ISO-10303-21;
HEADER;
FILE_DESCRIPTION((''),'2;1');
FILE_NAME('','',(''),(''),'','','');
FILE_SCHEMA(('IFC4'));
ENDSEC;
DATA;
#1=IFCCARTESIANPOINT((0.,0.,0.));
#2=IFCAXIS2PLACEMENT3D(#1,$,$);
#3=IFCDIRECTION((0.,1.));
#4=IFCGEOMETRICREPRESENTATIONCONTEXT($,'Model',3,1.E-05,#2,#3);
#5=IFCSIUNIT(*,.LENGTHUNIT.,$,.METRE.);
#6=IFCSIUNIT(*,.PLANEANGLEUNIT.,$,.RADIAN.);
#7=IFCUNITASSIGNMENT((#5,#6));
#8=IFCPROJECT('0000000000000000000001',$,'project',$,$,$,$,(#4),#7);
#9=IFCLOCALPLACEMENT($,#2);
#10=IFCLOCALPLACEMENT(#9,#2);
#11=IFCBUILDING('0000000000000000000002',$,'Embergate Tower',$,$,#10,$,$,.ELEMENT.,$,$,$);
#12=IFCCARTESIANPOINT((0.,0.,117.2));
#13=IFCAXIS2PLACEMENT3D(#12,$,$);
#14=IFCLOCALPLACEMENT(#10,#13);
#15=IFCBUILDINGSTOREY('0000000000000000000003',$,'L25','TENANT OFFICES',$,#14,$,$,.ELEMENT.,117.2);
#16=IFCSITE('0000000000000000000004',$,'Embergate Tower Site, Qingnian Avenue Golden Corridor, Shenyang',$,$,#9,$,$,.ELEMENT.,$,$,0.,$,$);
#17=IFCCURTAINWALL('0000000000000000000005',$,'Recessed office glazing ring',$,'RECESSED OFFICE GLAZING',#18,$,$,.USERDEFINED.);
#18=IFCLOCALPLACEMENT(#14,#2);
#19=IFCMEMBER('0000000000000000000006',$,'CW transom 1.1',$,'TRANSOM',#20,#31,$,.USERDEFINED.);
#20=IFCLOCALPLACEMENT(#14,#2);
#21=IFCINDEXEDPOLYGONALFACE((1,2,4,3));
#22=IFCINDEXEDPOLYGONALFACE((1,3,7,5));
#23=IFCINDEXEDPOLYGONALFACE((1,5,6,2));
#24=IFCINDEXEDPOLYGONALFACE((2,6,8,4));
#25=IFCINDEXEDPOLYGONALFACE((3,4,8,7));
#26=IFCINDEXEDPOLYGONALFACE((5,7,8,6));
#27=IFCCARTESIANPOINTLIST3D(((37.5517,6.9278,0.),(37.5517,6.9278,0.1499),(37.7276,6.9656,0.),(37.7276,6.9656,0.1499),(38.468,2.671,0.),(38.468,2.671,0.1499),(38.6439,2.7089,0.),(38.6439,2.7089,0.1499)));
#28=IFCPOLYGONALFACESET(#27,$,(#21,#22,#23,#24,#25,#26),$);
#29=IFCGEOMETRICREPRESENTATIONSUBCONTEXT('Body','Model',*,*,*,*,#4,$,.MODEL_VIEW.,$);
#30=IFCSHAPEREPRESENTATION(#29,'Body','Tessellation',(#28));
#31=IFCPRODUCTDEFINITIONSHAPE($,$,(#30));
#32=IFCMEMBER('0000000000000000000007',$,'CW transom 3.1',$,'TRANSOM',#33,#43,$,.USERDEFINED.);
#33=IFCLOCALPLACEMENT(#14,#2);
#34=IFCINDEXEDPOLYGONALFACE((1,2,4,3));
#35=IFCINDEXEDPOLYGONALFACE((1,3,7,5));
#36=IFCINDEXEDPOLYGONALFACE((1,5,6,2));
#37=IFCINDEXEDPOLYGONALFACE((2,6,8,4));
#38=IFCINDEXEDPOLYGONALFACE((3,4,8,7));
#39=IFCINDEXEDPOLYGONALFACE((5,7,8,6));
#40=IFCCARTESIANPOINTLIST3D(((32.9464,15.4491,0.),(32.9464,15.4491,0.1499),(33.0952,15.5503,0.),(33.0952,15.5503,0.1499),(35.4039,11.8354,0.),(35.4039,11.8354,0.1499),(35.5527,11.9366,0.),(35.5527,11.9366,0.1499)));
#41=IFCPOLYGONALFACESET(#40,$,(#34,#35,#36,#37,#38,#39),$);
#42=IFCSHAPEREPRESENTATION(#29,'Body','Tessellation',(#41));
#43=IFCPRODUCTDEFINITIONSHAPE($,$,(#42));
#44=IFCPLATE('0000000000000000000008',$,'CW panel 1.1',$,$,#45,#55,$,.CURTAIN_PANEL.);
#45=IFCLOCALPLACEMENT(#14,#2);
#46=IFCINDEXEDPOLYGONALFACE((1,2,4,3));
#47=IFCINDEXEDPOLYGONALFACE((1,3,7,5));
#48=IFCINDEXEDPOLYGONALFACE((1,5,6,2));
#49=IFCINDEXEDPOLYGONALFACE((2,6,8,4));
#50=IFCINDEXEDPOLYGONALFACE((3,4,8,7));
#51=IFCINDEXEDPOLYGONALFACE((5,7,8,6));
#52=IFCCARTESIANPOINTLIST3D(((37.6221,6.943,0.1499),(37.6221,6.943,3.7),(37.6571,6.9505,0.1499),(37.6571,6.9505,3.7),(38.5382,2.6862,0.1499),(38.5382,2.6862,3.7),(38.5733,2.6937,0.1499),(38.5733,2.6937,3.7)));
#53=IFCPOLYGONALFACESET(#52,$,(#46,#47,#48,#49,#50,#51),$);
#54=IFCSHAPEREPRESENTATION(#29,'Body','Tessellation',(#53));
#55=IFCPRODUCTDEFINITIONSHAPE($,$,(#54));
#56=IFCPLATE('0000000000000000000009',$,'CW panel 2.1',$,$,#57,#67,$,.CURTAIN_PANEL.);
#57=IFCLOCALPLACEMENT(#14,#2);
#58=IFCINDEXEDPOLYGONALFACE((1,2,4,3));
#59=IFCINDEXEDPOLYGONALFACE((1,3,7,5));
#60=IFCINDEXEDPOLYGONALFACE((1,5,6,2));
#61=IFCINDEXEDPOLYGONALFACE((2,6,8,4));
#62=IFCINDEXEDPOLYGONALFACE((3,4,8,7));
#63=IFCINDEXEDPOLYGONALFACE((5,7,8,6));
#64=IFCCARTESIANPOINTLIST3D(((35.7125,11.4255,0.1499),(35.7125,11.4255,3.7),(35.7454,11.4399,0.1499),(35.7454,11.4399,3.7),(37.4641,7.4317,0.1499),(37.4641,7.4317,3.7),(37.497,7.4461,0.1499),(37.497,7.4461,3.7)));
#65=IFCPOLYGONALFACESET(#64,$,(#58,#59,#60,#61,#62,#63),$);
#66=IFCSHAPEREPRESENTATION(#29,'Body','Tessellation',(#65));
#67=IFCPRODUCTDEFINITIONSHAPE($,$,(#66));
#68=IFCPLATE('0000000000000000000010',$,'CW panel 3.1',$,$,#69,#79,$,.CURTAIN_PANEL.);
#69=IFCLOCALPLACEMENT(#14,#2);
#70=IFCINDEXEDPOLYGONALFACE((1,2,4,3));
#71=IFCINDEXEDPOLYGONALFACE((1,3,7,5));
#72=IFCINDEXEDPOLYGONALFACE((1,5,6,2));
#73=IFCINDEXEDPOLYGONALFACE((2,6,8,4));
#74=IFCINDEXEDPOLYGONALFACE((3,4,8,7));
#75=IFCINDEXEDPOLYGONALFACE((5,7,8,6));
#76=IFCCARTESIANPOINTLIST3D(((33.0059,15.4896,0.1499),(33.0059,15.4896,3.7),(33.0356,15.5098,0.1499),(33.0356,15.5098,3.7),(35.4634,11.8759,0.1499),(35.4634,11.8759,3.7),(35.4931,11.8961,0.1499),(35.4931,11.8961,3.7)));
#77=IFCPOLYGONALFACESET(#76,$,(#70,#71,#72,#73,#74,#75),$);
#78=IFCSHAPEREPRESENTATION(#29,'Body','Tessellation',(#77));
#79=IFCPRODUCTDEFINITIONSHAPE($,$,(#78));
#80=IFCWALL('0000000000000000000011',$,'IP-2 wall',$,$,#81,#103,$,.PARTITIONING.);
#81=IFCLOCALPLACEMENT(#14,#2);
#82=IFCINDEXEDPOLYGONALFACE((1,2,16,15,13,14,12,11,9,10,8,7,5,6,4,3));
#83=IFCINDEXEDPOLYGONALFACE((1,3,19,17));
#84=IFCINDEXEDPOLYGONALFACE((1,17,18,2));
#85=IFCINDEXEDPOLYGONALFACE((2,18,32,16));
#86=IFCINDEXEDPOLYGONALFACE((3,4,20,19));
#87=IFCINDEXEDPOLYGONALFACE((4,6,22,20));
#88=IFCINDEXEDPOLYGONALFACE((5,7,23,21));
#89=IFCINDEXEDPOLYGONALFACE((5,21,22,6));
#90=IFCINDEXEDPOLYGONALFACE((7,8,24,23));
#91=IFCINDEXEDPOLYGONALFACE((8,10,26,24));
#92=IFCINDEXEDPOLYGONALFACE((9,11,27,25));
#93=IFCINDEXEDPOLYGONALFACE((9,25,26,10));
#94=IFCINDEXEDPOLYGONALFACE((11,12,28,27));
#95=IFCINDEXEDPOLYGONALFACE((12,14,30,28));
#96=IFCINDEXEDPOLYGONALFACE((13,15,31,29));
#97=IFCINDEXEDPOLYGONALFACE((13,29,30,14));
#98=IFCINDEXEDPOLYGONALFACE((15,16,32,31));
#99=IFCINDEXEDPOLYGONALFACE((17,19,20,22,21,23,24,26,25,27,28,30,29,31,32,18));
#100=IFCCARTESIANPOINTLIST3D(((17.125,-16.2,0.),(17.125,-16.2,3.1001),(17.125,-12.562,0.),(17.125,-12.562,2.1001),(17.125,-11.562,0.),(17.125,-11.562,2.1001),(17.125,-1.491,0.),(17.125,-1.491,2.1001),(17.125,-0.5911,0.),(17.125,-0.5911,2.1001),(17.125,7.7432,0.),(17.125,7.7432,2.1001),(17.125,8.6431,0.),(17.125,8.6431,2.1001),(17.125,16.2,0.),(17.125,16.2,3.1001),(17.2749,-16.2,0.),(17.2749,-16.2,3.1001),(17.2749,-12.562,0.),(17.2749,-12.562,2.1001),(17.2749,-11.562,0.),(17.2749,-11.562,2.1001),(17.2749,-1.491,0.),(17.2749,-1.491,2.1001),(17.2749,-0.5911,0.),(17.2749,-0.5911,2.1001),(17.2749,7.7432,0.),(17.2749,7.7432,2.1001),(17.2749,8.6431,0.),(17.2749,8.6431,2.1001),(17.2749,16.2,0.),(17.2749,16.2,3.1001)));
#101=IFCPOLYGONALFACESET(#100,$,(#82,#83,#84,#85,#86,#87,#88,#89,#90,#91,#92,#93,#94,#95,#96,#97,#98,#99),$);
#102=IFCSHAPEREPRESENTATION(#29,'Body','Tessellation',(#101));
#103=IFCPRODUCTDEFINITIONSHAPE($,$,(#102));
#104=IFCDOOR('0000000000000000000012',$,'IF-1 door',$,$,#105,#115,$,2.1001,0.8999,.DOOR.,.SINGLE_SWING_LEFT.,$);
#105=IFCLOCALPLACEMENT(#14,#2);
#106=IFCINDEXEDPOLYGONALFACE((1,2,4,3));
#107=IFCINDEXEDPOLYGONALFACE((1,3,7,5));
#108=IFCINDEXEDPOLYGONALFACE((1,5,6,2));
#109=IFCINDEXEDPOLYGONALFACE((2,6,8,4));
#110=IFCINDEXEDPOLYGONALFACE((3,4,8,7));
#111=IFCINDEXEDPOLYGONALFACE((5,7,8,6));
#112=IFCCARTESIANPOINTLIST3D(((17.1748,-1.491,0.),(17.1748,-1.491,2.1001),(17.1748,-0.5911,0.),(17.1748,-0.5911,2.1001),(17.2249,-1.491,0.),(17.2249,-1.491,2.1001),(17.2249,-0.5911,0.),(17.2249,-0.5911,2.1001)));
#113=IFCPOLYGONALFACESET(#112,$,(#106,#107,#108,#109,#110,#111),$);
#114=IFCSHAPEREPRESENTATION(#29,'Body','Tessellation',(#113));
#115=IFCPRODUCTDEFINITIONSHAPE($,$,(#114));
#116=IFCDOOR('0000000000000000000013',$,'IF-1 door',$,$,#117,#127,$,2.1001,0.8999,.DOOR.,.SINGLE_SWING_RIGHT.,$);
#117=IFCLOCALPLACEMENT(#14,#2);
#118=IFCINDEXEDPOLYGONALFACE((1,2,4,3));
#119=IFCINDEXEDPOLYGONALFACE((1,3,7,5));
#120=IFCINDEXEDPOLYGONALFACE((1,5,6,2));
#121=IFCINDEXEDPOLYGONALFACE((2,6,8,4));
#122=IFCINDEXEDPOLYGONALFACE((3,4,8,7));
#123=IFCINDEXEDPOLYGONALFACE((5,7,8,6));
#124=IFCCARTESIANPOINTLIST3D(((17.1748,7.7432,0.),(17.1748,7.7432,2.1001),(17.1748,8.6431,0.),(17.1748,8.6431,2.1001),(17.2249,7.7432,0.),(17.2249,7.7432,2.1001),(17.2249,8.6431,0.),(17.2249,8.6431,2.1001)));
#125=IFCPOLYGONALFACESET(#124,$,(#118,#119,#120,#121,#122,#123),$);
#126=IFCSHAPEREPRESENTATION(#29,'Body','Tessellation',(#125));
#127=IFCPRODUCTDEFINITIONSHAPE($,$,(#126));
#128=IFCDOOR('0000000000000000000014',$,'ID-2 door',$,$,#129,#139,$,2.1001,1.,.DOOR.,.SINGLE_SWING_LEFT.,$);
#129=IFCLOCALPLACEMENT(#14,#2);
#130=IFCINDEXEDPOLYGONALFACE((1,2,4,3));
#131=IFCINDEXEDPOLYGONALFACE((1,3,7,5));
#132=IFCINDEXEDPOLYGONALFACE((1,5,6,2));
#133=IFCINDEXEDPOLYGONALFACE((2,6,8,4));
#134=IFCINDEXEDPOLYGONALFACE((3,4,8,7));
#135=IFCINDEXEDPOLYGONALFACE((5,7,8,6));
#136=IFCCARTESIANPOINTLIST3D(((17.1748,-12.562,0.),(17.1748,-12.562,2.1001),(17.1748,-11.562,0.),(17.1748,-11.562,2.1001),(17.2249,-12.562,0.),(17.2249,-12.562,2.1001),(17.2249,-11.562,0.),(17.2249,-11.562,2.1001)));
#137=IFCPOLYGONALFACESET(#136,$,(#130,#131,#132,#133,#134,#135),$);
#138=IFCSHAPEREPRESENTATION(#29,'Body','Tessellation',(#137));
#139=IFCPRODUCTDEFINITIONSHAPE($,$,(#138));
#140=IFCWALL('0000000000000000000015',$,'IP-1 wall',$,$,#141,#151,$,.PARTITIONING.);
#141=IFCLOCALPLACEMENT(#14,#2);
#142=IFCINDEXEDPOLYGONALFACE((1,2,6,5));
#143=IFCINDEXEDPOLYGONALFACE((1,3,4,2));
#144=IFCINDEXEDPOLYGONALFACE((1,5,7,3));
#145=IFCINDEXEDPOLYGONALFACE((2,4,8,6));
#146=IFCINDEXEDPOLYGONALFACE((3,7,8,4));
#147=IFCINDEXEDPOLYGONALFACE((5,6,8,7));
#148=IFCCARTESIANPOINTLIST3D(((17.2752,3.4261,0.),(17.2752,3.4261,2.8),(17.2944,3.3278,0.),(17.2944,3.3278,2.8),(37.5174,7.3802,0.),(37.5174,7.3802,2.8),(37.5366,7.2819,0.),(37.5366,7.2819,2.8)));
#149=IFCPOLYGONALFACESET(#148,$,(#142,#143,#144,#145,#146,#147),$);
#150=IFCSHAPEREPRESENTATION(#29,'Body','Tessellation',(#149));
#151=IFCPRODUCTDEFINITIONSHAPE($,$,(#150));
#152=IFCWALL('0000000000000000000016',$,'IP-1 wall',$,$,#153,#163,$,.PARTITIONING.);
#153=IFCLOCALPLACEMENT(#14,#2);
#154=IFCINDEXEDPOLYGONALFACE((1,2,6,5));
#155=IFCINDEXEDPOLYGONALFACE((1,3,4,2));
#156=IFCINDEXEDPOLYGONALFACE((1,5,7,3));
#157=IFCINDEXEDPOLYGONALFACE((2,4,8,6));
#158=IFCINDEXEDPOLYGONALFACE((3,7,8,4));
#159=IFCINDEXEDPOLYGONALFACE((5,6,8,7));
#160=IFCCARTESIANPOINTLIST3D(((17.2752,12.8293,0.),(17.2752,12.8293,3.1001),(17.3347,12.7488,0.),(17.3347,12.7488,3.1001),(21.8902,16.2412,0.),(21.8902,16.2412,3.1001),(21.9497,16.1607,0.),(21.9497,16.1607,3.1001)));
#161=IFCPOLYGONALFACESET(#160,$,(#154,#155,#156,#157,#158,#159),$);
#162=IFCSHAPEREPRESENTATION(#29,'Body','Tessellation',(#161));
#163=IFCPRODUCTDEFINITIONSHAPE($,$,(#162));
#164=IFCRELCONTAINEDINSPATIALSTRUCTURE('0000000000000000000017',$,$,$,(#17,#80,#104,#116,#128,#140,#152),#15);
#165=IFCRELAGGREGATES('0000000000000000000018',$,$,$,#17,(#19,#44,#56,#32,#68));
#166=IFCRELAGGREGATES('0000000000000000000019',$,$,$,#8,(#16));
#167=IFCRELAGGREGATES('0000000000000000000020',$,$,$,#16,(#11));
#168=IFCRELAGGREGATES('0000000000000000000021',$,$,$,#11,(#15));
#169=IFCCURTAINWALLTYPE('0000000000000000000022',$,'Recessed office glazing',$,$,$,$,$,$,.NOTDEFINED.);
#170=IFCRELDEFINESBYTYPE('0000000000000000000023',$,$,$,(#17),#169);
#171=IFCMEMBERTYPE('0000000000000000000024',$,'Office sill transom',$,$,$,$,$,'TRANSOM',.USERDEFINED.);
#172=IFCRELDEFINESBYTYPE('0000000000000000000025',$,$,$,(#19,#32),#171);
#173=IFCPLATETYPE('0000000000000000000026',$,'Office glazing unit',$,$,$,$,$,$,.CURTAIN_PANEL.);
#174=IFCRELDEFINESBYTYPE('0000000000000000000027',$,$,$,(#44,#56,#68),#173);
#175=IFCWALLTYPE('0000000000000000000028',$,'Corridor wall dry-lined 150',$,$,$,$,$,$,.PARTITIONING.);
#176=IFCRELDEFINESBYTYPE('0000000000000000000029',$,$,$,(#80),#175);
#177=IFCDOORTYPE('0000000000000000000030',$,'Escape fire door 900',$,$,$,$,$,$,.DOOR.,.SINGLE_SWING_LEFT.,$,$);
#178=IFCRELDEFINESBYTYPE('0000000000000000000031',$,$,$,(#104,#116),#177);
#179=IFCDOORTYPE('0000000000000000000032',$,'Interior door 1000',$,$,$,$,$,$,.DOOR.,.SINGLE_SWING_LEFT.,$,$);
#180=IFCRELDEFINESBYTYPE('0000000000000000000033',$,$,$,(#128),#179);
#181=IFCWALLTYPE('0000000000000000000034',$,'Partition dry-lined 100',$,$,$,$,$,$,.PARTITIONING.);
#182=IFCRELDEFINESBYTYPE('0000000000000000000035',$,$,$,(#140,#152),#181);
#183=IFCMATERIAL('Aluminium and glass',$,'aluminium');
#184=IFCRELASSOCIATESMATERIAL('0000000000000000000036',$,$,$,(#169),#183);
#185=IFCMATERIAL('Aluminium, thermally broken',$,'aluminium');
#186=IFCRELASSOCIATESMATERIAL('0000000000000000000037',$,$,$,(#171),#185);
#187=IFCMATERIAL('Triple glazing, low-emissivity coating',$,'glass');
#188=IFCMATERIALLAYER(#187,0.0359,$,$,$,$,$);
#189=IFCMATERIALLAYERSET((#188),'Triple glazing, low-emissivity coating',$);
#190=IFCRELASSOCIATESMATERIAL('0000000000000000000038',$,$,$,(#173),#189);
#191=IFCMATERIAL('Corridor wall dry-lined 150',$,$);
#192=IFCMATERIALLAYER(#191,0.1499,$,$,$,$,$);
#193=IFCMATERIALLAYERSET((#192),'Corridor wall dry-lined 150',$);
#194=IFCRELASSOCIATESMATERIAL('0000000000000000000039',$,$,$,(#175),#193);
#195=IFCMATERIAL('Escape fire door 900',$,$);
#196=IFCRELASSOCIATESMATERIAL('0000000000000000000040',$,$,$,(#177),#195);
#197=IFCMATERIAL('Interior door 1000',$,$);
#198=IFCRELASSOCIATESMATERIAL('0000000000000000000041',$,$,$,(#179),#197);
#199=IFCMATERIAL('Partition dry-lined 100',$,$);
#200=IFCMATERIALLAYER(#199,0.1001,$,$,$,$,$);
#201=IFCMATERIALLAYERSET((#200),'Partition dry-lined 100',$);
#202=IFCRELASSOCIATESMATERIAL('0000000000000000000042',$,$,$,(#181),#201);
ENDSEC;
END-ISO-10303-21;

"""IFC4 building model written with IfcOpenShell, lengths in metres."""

from ifc_helpers import new_model, si_unit, direction, frame, frame_2d, origin, origin_2d, place, context, subcontext, project, spatial, rectangle, extrude, source, transform, mapped, material, layer, layer_set, material_profile, profile_set, type_object, element, fill, aggregate, save


model = new_model("IFC4")

# Units and contexts
model_context = context("Model", 3, precision=1e-05, world=origin(), true_north=direction((0.0, 1.0)))
body_context = subcontext(model_context, "Body", "Model", "MODEL_VIEW")
ifc_project = project(units=[si_unit("LENGTHUNIT", "METRE"), si_unit("PLANEANGLEUNIT", "RADIAN")], contexts=[model_context])

# Site, building, storey
site_placement = place(None, origin())
site = spatial("IfcSite", under=ifc_project, at=site_placement, Name="Embergate Tower Site, Qingnian Avenue Golden Corridor, Shenyang", CompositionType="ELEMENT", RefElevation=0.0)
building_placement = place(site_placement, origin())
building = spatial("IfcBuilding", under=site, at=building_placement, Name="Embergate Tower", CompositionType="ELEMENT")
storey_placement = place(building_placement, frame((0.0, 0.0, 117.2)))
storey = spatial("IfcBuildingStorey", under=building, at=storey_placement, Name="L25", Description="TENANT OFFICES", CompositionType="ELEMENT", Elevation=117.2)

# Curtain wall, members, plates
ifc_material_1 = material(Name="Aluminium and glass", Category="aluminium")
curtain_wall_type = type_object("IfcCurtainWallType", Name="Recessed office glazing", PredefinedType="NOTDEFINED", material=ifc_material_1)
curtain_wall_placement = place(storey_placement, origin())
curtain_wall = element("IfcCurtainWall", 1, at=curtain_wall_placement, inside=storey, type_object=curtain_wall_type, Name="Recessed office glazing ring", ObjectType="RECESSED OFFICE GLAZING", PredefinedType="USERDEFINED")
ifc_material_2 = material(Name="Aluminium, thermally broken", Category="aluminium")
ifc_material_profile_1 = material_profile(ifc_material_2, rectangle(XDim=0.1799, YDim=0.1499, at=origin_2d()), Name="AL 150x180")
ifc_profile_set_1 = profile_set([ifc_material_profile_1], Name="Aluminium, thermally broken")
member_type_1 = type_object("IfcMemberType", Name="Office sill transom", ElementType="TRANSOM", PredefinedType="USERDEFINED", material=ifc_profile_set_1)
shared_shape_1 = source(origin(), body_context, "Body", "SweptSolid", [
    extrude(rectangle(XDim=0.1799, YDim=0.1499, at=origin_2d()), origin(), (0.0, 0.0, 1.0), 4.3542),
])
member_1_placement = place(storey_placement, frame((38.5559, 2.6899, 0.075), z_axis=(-0.210425, 0.97761, 0.0), x_axis=(-0.97761, -0.210425, 0.0)))
member_1 = element("IfcMember", 2, at=member_1_placement, type_object=member_type_1, Name="CW transom 1.1", ObjectType="TRANSOM", PredefinedType="USERDEFINED", context=body_context, shape_type="MappedRepresentation", body=[
    mapped(shared_shape_1, transform((0.0, 0.0, 0.0))),
])
shared_shape_2 = source(origin(), body_context, "Body", "SweptSolid", [
    extrude(rectangle(XDim=0.1799, YDim=0.1499, at=origin_2d()), origin(), (0.0, 0.0, 1.0), 4.3701),
])
member_2_placement = place(storey_placement, frame((35.4783, 11.886, 0.075), z_axis=(-0.562334, 0.82691, 0.0), x_axis=(-0.82691, -0.562334, 0.0)))
member_2 = element("IfcMember", 3, at=member_2_placement, type_object=member_type_1, Name="CW transom 3.1", ObjectType="TRANSOM", PredefinedType="USERDEFINED", context=body_context, shape_type="MappedRepresentation", body=[
    mapped(shared_shape_2, transform((0.0, 0.0, 0.0))),
])
ifc_material_3 = material(Name="Triple glazing, low-emissivity coating", Category="glass")
ifc_layer_1 = layer(ifc_material_3, 0.0359)
ifc_layer_set_1 = layer_set([ifc_layer_1], Name="Triple glazing, low-emissivity coating")
plate_type = type_object("IfcPlateType", Name="Office glazing unit", PredefinedType="CURTAIN_PANEL", material=ifc_layer_set_1)
shared_shape_3 = source(origin(), body_context, "Body", "SweptSolid", [
    extrude(rectangle(XDim=4.3542, YDim=0.0359, at=origin_2d()), origin(), (0.0, 0.0, 1.0), 3.55),
])
plate_1_placement = place(storey_placement, frame((38.0977, 4.8184, 0.1499), z_axis=(0.0, 0.0, 1.0), x_axis=(-0.210395, 0.977616, 0.0)))
plate_1 = element("IfcPlate", 4, at=plate_1_placement, type_object=plate_type, Name="CW panel 1.1", PredefinedType="CURTAIN_PANEL", context=body_context, shape_type="MappedRepresentation", body=[
    mapped(shared_shape_3, transform((0.0, 0.0, 0.0))),
])
shared_shape_4 = source(origin(), body_context, "Body", "SweptSolid", [
    extrude(rectangle(XDim=4.3611, YDim=0.0359, at=origin_2d()), origin(), (0.0, 0.0, 1.0), 3.55),
])
plate_2_placement = place(storey_placement, frame((36.6047, 9.4358, 0.1499), z_axis=(0.0, 0.0, 1.0), x_axis=(-0.401647, 0.915794, 0.0)))
plate_2 = element("IfcPlate", 5, at=plate_2_placement, type_object=plate_type, Name="CW panel 2.1", PredefinedType="CURTAIN_PANEL", context=body_context, shape_type="MappedRepresentation", body=[
    mapped(shared_shape_4, transform((0.0, 0.0, 0.0))),
])
shared_shape_5 = source(origin(), body_context, "Body", "SweptSolid", [
    extrude(rectangle(XDim=4.3701, YDim=0.0359, at=origin_2d()), origin(), (0.0, 0.0, 1.0), 3.55),
])
plate_3_placement = place(storey_placement, frame((34.2495, 13.6929, 0.1499), z_axis=(0.0, 0.0, 1.0), x_axis=(-0.562337, 0.826908, 0.0)))
plate_3 = element("IfcPlate", 6, at=plate_3_placement, type_object=plate_type, Name="CW panel 3.1", PredefinedType="CURTAIN_PANEL", context=body_context, shape_type="MappedRepresentation", body=[
    mapped(shared_shape_5, transform((0.0, 0.0, 0.0))),
])
aggregate(curtain_wall, [member_1, plate_1, plate_2, member_2, plate_3])

# Wall, openings, doors
ifc_material_4 = material(Name="Corridor wall dry-lined 150")
ifc_layer_2 = layer(ifc_material_4, 0.1499)
ifc_layer_set_2 = layer_set([ifc_layer_2], Name="Corridor wall dry-lined 150")
wall_type_1 = type_object("IfcWallType", Name="Corridor wall dry-lined 150", PredefinedType="PARTITIONING", material=ifc_layer_set_2)
shared_shape_6 = source(origin(), body_context, "Body", "SweptSolid", [
    extrude(rectangle(XDim=32.3999, YDim=0.1499, at=frame_2d((16.2, 0.0))), origin(), (0.0, 0.0, 1.0), 3.1001),
])
wall_1_placement = place(storey_placement, frame((17.2, 16.2, 0.0), z_axis=(0.0, 0.0, 1.0), x_axis=(0.0, -1.0, 0.0)))
wall_1 = element("IfcWall", 7, at=wall_1_placement, inside=storey, type_object=wall_type_1, Name="IP-2 wall", PredefinedType="PARTITIONING", context=body_context, shape_type="MappedRepresentation", body=[
    mapped(shared_shape_6, transform((0.0, 0.0, 0.0))),
])
shared_shape_7 = source(origin(), body_context, "Body", "SweptSolid", [
    extrude(rectangle(XDim=1.0, YDim=2.1001, at=frame_2d((0.5, 1.05))), frame((0.0, 0.085, 0.0), z_axis=(0.0, -1.0, 0.0), x_axis=(1.0, 0.0, 0.0)), (0.0, 0.0, 1.0), 0.1699),
])
opening_1_placement = place(wall_1_placement, frame((27.762, 0.0, 0.0)))
opening_1 = element("IfcOpeningElement", 8, at=opening_1_placement, cuts=wall_1, PredefinedType="OPENING", context=body_context, shape_type="MappedRepresentation", body=[
    mapped(shared_shape_7, transform((0.0, 0.0, 0.0))),
])
shared_shape_8 = source(origin(), body_context, "Body", "SweptSolid", [
    extrude(rectangle(XDim=0.8999, YDim=2.1001, at=frame_2d((0.45, 1.05))), frame((0.0, 0.085, 0.0), z_axis=(0.0, -1.0, 0.0), x_axis=(1.0, 0.0, 0.0)), (0.0, 0.0, 1.0), 0.1699),
])
opening_2_placement = place(wall_1_placement, frame((16.791, 0.0, 0.0)))
opening_2 = element("IfcOpeningElement", 9, at=opening_2_placement, cuts=wall_1, PredefinedType="OPENING", context=body_context, shape_type="MappedRepresentation", body=[
    mapped(shared_shape_8, transform((0.0, 0.0, 0.0))),
])
opening_3_placement = place(wall_1_placement, frame((7.5569, 0.0, 0.0)))
opening_3 = element("IfcOpeningElement", 10, at=opening_3_placement, cuts=wall_1, PredefinedType="OPENING", context=body_context, shape_type="MappedRepresentation", body=[
    mapped(shared_shape_8, transform((0.0, 0.0, 0.0))),
])
ifc_material_5 = material(Name="Escape fire door 900")
door_type_1 = type_object("IfcDoorType", Name="Escape fire door 900", OperationType="SINGLE_SWING_LEFT", PredefinedType="DOOR", material=ifc_material_5)
shared_shape_9 = source(origin(), body_context, "Body", "SweptSolid", [
    extrude(rectangle(XDim=0.8999, YDim=2.1001, at=frame_2d((0.45, 1.05))), frame((0.0, 0.0249, 0.0), z_axis=(0.0, -1.0, 0.0), x_axis=(1.0, 0.0, 0.0)), (0.0, 0.0, 1.0), 0.05),
])
door_1_placement = place(opening_2_placement, origin())
door_1 = element("IfcDoor", 11, at=door_1_placement, inside=storey, type_object=door_type_1, Name="IF-1 door", OperationType="SINGLE_SWING_LEFT", OverallHeight=2.1001, OverallWidth=0.8999, PredefinedType="DOOR", context=body_context, shape_type="MappedRepresentation", body=[
    mapped(shared_shape_9, transform((0.0, 0.0, 0.0))),
])
fill(opening_2, door_1)
door_2_placement = place(opening_3_placement, origin())
door_2 = element("IfcDoor", 12, at=door_2_placement, inside=storey, type_object=door_type_1, Name="IF-1 door", OperationType="SINGLE_SWING_RIGHT", OverallHeight=2.1001, OverallWidth=0.8999, PredefinedType="DOOR", context=body_context, shape_type="MappedRepresentation", body=[
    mapped(shared_shape_9, transform((0.0, 0.0, 0.0))),
])
fill(opening_3, door_2)
ifc_material_6 = material(Name="Interior door 1000")
door_type_2 = type_object("IfcDoorType", Name="Interior door 1000", OperationType="SINGLE_SWING_LEFT", PredefinedType="DOOR", material=ifc_material_6)
shared_shape_10 = source(origin(), body_context, "Body", "SweptSolid", [
    extrude(rectangle(XDim=1.0, YDim=2.1001, at=frame_2d((0.5, 1.05))), frame((0.0, 0.0249, 0.0), z_axis=(0.0, -1.0, 0.0), x_axis=(1.0, 0.0, 0.0)), (0.0, 0.0, 1.0), 0.05),
])
door_3_placement = place(opening_1_placement, origin())
door_3 = element("IfcDoor", 13, at=door_3_placement, inside=storey, type_object=door_type_2, Name="ID-2 door", OperationType="SINGLE_SWING_LEFT", OverallHeight=2.1001, OverallWidth=1.0, PredefinedType="DOOR", context=body_context, shape_type="MappedRepresentation", body=[
    mapped(shared_shape_10, transform((0.0, 0.0, 0.0))),
])
fill(opening_1, door_3)

# Walls
ifc_material_7 = material(Name="Partition dry-lined 100")
ifc_layer_3 = layer(ifc_material_7, 0.1001)
ifc_layer_set_3 = layer_set([ifc_layer_3], Name="Partition dry-lined 100")
wall_type_2 = type_object("IfcWallType", Name="Partition dry-lined 100", PredefinedType="PARTITIONING", material=ifc_layer_set_3)
shared_shape_11 = source(origin(), body_context, "Body", "SweptSolid", [
    extrude(rectangle(XDim=20.6248, YDim=0.1001, at=frame_2d((10.3125, 0.0))), origin(), (0.0, 0.0, 1.0), 2.8),
])
wall_2_placement = place(storey_placement, frame((37.5271, 7.3311, 0.0), z_axis=(0.0, 0.0, 1.0), x_axis=(-0.98145, -0.191716, 0.0)))
element("IfcWall", 14, at=wall_2_placement, inside=storey, type_object=wall_type_2, Name="IP-1 wall", PredefinedType="PARTITIONING", context=body_context, shape_type="MappedRepresentation", body=[
    mapped(shared_shape_11, transform((0.0, 0.0, 0.0))),
])
shared_shape_12 = source(origin(), body_context, "Body", "SweptSolid", [
    extrude(rectangle(XDim=5.7393, YDim=0.1001, at=frame_2d((2.8696, 0.0))), origin(), (0.0, 0.0, 1.0), 3.1001),
])
wall_3_placement = place(storey_placement, frame((17.3049, 12.7891, 0.0), z_axis=(0.0, 0.0, 1.0), x_axis=(0.804111, 0.59448, 0.0)))
element("IfcWall", 15, at=wall_3_placement, inside=storey, type_object=wall_type_2, Name="IP-1 wall", PredefinedType="PARTITIONING", context=body_context, shape_type="MappedRepresentation", body=[
    mapped(shared_shape_12, transform((0.0, 0.0, 0.0))),
])

save(model, "model.ifc")
